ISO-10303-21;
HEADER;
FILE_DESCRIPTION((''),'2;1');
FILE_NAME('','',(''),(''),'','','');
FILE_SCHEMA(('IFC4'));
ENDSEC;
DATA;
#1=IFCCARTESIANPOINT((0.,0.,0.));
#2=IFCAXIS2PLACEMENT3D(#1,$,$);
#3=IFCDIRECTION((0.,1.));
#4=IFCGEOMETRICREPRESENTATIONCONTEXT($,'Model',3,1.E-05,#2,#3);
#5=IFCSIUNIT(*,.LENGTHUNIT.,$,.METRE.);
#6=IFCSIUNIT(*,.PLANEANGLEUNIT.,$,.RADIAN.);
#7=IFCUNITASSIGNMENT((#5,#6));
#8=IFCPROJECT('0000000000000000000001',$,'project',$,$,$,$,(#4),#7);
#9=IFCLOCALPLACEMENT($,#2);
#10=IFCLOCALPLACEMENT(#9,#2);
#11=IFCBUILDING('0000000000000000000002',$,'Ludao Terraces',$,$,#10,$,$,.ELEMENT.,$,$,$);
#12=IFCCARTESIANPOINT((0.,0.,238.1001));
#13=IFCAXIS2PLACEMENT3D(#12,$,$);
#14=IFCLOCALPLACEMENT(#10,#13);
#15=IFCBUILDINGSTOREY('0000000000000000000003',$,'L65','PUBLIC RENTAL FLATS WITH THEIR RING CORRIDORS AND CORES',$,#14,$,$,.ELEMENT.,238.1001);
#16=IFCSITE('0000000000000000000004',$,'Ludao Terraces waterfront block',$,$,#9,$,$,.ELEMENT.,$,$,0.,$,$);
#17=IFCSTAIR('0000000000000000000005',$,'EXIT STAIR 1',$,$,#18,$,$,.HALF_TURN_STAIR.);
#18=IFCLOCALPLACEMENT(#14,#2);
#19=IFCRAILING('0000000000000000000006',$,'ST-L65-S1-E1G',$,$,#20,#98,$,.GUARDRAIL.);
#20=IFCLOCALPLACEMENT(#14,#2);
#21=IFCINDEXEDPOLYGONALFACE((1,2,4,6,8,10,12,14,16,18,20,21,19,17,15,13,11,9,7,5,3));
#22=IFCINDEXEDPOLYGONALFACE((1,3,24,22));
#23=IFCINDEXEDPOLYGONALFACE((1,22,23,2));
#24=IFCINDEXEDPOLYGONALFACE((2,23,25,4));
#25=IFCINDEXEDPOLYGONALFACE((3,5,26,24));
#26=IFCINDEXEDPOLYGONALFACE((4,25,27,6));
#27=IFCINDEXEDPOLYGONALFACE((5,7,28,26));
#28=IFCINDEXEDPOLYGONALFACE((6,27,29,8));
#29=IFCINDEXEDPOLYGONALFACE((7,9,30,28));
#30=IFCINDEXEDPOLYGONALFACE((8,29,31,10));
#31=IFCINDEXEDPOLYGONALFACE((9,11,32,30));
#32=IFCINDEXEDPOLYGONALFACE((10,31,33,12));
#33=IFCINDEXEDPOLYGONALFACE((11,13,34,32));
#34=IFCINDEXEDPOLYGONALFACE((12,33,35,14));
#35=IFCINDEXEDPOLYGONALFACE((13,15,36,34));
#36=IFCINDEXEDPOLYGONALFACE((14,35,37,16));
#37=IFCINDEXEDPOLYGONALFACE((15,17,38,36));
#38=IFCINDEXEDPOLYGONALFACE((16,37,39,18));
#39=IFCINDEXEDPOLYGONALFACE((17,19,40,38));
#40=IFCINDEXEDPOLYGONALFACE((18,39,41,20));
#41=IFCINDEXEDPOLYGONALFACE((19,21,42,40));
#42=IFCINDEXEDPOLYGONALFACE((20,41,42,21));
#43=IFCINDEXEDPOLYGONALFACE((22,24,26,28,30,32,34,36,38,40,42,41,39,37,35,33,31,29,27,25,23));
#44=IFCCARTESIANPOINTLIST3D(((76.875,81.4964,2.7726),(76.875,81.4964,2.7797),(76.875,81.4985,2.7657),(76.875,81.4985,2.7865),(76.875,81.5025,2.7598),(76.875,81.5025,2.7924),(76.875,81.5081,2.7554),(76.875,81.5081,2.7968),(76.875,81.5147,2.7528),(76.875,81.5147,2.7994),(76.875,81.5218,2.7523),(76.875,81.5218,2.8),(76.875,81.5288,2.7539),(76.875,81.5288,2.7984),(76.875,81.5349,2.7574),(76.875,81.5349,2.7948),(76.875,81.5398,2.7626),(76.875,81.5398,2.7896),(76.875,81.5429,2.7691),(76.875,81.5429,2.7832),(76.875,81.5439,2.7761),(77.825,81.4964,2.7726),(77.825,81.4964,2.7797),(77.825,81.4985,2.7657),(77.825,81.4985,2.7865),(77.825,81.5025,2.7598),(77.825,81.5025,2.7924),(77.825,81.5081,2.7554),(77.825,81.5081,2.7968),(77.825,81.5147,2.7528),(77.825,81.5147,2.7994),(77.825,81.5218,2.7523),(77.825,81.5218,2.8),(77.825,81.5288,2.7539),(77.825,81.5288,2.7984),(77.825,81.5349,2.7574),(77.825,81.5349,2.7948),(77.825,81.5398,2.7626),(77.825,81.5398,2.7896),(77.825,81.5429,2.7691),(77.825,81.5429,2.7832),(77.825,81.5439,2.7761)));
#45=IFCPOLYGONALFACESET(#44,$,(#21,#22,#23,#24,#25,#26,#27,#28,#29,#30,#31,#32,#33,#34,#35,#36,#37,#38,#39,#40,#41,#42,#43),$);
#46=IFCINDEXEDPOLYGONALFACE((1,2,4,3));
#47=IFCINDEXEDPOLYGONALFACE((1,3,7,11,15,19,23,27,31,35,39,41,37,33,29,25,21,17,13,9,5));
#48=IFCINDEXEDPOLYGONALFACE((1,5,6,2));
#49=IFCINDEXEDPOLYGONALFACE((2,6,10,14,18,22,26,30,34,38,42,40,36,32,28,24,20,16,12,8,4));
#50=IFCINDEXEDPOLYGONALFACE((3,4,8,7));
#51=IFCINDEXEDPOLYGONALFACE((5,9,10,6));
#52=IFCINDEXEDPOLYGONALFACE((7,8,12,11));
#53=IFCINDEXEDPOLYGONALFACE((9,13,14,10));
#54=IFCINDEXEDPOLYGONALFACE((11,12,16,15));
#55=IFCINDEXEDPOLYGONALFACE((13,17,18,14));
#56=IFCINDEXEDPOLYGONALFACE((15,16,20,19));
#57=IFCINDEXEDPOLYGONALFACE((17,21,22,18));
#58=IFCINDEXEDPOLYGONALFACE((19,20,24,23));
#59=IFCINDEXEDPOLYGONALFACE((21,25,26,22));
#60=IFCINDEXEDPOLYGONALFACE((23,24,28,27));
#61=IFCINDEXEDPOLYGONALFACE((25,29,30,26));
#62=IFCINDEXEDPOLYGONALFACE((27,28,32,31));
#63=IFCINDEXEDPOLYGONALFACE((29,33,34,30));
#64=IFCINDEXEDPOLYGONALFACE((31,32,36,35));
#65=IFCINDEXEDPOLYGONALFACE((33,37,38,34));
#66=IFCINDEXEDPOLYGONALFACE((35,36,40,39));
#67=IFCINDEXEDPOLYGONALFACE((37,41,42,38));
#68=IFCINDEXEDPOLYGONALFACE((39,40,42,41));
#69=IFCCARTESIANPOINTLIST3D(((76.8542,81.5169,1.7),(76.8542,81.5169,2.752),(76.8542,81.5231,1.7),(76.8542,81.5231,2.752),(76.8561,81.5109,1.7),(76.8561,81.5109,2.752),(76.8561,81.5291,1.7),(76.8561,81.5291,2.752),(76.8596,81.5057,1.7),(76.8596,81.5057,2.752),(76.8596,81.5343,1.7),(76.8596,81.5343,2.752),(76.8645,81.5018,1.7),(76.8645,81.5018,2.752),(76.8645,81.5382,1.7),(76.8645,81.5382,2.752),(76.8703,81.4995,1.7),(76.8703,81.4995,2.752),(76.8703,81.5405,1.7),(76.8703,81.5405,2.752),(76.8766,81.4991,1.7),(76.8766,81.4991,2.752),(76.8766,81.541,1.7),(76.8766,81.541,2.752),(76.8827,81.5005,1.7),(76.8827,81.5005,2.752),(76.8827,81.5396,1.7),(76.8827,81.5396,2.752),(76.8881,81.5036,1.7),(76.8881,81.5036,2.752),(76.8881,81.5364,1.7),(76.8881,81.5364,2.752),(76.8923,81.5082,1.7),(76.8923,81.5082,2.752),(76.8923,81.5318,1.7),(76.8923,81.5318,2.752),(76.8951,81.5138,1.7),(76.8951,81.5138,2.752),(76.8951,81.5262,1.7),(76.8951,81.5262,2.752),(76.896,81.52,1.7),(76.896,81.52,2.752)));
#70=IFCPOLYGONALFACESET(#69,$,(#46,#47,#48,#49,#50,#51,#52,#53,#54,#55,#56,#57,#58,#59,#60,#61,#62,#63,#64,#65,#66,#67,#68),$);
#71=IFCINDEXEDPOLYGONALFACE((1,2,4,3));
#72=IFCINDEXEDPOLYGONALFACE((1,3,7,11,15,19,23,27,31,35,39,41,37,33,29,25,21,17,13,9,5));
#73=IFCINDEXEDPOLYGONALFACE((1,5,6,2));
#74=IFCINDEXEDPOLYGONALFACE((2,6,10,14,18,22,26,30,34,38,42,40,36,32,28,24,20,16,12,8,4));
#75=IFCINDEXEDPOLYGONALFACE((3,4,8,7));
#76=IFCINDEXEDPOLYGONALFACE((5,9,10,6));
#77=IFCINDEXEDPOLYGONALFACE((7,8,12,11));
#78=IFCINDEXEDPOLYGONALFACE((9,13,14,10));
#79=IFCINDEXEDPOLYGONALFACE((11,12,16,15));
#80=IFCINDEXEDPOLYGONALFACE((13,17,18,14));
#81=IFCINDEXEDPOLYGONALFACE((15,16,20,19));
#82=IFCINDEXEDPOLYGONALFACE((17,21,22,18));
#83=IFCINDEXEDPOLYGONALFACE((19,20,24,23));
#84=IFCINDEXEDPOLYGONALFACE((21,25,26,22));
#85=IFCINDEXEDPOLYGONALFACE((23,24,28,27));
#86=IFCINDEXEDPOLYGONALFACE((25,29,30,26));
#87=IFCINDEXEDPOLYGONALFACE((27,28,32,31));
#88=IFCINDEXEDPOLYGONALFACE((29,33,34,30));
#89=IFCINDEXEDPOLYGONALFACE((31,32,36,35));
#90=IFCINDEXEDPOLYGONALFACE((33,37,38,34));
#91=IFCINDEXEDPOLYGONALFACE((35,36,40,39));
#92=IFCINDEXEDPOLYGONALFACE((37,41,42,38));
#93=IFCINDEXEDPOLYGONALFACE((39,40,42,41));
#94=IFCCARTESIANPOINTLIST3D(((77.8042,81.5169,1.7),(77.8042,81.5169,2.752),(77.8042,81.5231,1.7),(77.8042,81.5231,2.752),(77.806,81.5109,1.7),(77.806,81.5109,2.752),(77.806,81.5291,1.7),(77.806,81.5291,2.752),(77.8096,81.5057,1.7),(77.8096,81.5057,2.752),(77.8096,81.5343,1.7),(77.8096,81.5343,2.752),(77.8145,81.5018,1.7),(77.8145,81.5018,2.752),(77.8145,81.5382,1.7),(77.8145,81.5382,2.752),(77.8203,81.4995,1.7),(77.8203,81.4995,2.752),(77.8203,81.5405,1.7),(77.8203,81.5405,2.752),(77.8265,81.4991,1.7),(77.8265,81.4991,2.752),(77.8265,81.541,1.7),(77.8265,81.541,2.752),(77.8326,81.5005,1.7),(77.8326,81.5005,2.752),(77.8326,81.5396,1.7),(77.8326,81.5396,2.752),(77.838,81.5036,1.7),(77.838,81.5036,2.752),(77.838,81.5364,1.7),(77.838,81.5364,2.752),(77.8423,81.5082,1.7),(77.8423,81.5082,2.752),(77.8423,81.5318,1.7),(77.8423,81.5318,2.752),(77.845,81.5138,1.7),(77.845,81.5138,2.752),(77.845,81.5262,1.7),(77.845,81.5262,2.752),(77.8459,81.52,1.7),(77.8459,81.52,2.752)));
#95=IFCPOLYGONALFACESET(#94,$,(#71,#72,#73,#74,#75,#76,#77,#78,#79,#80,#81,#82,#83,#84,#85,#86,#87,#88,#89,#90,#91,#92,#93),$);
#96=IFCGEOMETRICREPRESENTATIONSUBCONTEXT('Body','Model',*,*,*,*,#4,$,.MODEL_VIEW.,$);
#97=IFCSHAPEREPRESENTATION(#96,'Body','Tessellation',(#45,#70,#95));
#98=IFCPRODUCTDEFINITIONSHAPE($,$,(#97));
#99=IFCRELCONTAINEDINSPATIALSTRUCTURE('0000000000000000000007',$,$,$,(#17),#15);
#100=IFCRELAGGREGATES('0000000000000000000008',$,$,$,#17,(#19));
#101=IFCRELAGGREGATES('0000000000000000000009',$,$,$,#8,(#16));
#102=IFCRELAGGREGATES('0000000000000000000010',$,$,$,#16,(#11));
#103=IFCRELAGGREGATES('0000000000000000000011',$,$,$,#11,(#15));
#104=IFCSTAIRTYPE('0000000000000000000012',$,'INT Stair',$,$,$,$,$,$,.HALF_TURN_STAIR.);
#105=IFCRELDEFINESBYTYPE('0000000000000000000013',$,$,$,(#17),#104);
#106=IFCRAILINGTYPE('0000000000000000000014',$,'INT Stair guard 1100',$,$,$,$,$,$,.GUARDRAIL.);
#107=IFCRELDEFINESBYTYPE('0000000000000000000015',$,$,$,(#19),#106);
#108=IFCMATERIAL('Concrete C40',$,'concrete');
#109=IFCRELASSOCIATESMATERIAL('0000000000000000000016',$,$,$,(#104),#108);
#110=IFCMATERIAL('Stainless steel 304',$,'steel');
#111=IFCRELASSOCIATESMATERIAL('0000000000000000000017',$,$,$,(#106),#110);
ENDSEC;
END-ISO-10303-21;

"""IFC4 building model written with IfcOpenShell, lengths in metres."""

from ifc_helpers import new_model, si_unit, direction, frame, origin, origin_2d, place, context, subcontext, project, spatial, circle, extrude, material, type_object, element, aggregate, save


model = new_model("IFC4")

# Units and contexts
model_context = context("Model", 3, precision=1e-05, world=origin(), true_north=direction((0.0, 1.0)))
body_context = subcontext(model_context, "Body", "Model", "MODEL_VIEW")
ifc_project = project(units=[si_unit("LENGTHUNIT", "METRE"), si_unit("PLANEANGLEUNIT", "RADIAN")], contexts=[model_context])

# Site, building, storey
site_placement = place(None, origin())
site = spatial("IfcSite", under=ifc_project, at=site_placement, Name="Ludao Terraces waterfront block", CompositionType="ELEMENT", RefElevation=0.0)
building_placement = place(site_placement, origin())
building = spatial("IfcBuilding", under=site, at=building_placement, Name="Ludao Terraces", CompositionType="ELEMENT")
storey_placement = place(building_placement, frame((0.0, 0.0, 238.1001)))
storey = spatial("IfcBuildingStorey", under=building, at=storey_placement, Name="L65", Description="PUBLIC RENTAL FLATS WITH THEIR RING CORRIDORS AND CORES", CompositionType="ELEMENT", Elevation=238.1001)

# Shared definitions
ifc_material_1 = material(Name="Concrete C40", Category="concrete")

# Stair, railing
stair_type = type_object("IfcStairType", Name="INT Stair", PredefinedType="HALF_TURN_STAIR", material=ifc_material_1)
stair_placement = place(storey_placement, origin())
stair = element("IfcStair", 1, at=stair_placement, inside=storey, type_object=stair_type, Name="EXIT STAIR 1", PredefinedType="HALF_TURN_STAIR")
ifc_material_2 = material(Name="Stainless steel 304", Category="steel")
railing_type_1 = type_object("IfcRailingType", Name="INT Stair guard 1100", PredefinedType="GUARDRAIL", material=ifc_material_2)
railing_1_placement = place(storey_placement, frame((76.875, 81.52, 1.7)))
railing_1 = element("IfcRailing", 2, at=railing_1_placement, type_object=railing_type_1, Name="ST-L65-S1-E1G", PredefinedType="GUARDRAIL", context=body_context, shape_type="SweptSolid", body=[
    extrude(circle(Radius=0.0239, at=origin_2d()), frame((0.0, 0.0, 1.0762), z_axis=(1.0, 0.0, 0.0), x_axis=(0.0, 1.0, 0.0)), (0.0, 0.0, 1.0), 0.95),
    extrude(circle(Radius=0.021, at=origin_2d()), origin(), (0.0, 0.0, 1.0), 1.052),
    extrude(circle(Radius=0.021, at=origin_2d()), frame((0.95, 0.0, 0.0)), (0.0, 0.0, 1.0), 1.052),
])
aggregate(stair, [railing_1])

save(model, "model.ifc")
